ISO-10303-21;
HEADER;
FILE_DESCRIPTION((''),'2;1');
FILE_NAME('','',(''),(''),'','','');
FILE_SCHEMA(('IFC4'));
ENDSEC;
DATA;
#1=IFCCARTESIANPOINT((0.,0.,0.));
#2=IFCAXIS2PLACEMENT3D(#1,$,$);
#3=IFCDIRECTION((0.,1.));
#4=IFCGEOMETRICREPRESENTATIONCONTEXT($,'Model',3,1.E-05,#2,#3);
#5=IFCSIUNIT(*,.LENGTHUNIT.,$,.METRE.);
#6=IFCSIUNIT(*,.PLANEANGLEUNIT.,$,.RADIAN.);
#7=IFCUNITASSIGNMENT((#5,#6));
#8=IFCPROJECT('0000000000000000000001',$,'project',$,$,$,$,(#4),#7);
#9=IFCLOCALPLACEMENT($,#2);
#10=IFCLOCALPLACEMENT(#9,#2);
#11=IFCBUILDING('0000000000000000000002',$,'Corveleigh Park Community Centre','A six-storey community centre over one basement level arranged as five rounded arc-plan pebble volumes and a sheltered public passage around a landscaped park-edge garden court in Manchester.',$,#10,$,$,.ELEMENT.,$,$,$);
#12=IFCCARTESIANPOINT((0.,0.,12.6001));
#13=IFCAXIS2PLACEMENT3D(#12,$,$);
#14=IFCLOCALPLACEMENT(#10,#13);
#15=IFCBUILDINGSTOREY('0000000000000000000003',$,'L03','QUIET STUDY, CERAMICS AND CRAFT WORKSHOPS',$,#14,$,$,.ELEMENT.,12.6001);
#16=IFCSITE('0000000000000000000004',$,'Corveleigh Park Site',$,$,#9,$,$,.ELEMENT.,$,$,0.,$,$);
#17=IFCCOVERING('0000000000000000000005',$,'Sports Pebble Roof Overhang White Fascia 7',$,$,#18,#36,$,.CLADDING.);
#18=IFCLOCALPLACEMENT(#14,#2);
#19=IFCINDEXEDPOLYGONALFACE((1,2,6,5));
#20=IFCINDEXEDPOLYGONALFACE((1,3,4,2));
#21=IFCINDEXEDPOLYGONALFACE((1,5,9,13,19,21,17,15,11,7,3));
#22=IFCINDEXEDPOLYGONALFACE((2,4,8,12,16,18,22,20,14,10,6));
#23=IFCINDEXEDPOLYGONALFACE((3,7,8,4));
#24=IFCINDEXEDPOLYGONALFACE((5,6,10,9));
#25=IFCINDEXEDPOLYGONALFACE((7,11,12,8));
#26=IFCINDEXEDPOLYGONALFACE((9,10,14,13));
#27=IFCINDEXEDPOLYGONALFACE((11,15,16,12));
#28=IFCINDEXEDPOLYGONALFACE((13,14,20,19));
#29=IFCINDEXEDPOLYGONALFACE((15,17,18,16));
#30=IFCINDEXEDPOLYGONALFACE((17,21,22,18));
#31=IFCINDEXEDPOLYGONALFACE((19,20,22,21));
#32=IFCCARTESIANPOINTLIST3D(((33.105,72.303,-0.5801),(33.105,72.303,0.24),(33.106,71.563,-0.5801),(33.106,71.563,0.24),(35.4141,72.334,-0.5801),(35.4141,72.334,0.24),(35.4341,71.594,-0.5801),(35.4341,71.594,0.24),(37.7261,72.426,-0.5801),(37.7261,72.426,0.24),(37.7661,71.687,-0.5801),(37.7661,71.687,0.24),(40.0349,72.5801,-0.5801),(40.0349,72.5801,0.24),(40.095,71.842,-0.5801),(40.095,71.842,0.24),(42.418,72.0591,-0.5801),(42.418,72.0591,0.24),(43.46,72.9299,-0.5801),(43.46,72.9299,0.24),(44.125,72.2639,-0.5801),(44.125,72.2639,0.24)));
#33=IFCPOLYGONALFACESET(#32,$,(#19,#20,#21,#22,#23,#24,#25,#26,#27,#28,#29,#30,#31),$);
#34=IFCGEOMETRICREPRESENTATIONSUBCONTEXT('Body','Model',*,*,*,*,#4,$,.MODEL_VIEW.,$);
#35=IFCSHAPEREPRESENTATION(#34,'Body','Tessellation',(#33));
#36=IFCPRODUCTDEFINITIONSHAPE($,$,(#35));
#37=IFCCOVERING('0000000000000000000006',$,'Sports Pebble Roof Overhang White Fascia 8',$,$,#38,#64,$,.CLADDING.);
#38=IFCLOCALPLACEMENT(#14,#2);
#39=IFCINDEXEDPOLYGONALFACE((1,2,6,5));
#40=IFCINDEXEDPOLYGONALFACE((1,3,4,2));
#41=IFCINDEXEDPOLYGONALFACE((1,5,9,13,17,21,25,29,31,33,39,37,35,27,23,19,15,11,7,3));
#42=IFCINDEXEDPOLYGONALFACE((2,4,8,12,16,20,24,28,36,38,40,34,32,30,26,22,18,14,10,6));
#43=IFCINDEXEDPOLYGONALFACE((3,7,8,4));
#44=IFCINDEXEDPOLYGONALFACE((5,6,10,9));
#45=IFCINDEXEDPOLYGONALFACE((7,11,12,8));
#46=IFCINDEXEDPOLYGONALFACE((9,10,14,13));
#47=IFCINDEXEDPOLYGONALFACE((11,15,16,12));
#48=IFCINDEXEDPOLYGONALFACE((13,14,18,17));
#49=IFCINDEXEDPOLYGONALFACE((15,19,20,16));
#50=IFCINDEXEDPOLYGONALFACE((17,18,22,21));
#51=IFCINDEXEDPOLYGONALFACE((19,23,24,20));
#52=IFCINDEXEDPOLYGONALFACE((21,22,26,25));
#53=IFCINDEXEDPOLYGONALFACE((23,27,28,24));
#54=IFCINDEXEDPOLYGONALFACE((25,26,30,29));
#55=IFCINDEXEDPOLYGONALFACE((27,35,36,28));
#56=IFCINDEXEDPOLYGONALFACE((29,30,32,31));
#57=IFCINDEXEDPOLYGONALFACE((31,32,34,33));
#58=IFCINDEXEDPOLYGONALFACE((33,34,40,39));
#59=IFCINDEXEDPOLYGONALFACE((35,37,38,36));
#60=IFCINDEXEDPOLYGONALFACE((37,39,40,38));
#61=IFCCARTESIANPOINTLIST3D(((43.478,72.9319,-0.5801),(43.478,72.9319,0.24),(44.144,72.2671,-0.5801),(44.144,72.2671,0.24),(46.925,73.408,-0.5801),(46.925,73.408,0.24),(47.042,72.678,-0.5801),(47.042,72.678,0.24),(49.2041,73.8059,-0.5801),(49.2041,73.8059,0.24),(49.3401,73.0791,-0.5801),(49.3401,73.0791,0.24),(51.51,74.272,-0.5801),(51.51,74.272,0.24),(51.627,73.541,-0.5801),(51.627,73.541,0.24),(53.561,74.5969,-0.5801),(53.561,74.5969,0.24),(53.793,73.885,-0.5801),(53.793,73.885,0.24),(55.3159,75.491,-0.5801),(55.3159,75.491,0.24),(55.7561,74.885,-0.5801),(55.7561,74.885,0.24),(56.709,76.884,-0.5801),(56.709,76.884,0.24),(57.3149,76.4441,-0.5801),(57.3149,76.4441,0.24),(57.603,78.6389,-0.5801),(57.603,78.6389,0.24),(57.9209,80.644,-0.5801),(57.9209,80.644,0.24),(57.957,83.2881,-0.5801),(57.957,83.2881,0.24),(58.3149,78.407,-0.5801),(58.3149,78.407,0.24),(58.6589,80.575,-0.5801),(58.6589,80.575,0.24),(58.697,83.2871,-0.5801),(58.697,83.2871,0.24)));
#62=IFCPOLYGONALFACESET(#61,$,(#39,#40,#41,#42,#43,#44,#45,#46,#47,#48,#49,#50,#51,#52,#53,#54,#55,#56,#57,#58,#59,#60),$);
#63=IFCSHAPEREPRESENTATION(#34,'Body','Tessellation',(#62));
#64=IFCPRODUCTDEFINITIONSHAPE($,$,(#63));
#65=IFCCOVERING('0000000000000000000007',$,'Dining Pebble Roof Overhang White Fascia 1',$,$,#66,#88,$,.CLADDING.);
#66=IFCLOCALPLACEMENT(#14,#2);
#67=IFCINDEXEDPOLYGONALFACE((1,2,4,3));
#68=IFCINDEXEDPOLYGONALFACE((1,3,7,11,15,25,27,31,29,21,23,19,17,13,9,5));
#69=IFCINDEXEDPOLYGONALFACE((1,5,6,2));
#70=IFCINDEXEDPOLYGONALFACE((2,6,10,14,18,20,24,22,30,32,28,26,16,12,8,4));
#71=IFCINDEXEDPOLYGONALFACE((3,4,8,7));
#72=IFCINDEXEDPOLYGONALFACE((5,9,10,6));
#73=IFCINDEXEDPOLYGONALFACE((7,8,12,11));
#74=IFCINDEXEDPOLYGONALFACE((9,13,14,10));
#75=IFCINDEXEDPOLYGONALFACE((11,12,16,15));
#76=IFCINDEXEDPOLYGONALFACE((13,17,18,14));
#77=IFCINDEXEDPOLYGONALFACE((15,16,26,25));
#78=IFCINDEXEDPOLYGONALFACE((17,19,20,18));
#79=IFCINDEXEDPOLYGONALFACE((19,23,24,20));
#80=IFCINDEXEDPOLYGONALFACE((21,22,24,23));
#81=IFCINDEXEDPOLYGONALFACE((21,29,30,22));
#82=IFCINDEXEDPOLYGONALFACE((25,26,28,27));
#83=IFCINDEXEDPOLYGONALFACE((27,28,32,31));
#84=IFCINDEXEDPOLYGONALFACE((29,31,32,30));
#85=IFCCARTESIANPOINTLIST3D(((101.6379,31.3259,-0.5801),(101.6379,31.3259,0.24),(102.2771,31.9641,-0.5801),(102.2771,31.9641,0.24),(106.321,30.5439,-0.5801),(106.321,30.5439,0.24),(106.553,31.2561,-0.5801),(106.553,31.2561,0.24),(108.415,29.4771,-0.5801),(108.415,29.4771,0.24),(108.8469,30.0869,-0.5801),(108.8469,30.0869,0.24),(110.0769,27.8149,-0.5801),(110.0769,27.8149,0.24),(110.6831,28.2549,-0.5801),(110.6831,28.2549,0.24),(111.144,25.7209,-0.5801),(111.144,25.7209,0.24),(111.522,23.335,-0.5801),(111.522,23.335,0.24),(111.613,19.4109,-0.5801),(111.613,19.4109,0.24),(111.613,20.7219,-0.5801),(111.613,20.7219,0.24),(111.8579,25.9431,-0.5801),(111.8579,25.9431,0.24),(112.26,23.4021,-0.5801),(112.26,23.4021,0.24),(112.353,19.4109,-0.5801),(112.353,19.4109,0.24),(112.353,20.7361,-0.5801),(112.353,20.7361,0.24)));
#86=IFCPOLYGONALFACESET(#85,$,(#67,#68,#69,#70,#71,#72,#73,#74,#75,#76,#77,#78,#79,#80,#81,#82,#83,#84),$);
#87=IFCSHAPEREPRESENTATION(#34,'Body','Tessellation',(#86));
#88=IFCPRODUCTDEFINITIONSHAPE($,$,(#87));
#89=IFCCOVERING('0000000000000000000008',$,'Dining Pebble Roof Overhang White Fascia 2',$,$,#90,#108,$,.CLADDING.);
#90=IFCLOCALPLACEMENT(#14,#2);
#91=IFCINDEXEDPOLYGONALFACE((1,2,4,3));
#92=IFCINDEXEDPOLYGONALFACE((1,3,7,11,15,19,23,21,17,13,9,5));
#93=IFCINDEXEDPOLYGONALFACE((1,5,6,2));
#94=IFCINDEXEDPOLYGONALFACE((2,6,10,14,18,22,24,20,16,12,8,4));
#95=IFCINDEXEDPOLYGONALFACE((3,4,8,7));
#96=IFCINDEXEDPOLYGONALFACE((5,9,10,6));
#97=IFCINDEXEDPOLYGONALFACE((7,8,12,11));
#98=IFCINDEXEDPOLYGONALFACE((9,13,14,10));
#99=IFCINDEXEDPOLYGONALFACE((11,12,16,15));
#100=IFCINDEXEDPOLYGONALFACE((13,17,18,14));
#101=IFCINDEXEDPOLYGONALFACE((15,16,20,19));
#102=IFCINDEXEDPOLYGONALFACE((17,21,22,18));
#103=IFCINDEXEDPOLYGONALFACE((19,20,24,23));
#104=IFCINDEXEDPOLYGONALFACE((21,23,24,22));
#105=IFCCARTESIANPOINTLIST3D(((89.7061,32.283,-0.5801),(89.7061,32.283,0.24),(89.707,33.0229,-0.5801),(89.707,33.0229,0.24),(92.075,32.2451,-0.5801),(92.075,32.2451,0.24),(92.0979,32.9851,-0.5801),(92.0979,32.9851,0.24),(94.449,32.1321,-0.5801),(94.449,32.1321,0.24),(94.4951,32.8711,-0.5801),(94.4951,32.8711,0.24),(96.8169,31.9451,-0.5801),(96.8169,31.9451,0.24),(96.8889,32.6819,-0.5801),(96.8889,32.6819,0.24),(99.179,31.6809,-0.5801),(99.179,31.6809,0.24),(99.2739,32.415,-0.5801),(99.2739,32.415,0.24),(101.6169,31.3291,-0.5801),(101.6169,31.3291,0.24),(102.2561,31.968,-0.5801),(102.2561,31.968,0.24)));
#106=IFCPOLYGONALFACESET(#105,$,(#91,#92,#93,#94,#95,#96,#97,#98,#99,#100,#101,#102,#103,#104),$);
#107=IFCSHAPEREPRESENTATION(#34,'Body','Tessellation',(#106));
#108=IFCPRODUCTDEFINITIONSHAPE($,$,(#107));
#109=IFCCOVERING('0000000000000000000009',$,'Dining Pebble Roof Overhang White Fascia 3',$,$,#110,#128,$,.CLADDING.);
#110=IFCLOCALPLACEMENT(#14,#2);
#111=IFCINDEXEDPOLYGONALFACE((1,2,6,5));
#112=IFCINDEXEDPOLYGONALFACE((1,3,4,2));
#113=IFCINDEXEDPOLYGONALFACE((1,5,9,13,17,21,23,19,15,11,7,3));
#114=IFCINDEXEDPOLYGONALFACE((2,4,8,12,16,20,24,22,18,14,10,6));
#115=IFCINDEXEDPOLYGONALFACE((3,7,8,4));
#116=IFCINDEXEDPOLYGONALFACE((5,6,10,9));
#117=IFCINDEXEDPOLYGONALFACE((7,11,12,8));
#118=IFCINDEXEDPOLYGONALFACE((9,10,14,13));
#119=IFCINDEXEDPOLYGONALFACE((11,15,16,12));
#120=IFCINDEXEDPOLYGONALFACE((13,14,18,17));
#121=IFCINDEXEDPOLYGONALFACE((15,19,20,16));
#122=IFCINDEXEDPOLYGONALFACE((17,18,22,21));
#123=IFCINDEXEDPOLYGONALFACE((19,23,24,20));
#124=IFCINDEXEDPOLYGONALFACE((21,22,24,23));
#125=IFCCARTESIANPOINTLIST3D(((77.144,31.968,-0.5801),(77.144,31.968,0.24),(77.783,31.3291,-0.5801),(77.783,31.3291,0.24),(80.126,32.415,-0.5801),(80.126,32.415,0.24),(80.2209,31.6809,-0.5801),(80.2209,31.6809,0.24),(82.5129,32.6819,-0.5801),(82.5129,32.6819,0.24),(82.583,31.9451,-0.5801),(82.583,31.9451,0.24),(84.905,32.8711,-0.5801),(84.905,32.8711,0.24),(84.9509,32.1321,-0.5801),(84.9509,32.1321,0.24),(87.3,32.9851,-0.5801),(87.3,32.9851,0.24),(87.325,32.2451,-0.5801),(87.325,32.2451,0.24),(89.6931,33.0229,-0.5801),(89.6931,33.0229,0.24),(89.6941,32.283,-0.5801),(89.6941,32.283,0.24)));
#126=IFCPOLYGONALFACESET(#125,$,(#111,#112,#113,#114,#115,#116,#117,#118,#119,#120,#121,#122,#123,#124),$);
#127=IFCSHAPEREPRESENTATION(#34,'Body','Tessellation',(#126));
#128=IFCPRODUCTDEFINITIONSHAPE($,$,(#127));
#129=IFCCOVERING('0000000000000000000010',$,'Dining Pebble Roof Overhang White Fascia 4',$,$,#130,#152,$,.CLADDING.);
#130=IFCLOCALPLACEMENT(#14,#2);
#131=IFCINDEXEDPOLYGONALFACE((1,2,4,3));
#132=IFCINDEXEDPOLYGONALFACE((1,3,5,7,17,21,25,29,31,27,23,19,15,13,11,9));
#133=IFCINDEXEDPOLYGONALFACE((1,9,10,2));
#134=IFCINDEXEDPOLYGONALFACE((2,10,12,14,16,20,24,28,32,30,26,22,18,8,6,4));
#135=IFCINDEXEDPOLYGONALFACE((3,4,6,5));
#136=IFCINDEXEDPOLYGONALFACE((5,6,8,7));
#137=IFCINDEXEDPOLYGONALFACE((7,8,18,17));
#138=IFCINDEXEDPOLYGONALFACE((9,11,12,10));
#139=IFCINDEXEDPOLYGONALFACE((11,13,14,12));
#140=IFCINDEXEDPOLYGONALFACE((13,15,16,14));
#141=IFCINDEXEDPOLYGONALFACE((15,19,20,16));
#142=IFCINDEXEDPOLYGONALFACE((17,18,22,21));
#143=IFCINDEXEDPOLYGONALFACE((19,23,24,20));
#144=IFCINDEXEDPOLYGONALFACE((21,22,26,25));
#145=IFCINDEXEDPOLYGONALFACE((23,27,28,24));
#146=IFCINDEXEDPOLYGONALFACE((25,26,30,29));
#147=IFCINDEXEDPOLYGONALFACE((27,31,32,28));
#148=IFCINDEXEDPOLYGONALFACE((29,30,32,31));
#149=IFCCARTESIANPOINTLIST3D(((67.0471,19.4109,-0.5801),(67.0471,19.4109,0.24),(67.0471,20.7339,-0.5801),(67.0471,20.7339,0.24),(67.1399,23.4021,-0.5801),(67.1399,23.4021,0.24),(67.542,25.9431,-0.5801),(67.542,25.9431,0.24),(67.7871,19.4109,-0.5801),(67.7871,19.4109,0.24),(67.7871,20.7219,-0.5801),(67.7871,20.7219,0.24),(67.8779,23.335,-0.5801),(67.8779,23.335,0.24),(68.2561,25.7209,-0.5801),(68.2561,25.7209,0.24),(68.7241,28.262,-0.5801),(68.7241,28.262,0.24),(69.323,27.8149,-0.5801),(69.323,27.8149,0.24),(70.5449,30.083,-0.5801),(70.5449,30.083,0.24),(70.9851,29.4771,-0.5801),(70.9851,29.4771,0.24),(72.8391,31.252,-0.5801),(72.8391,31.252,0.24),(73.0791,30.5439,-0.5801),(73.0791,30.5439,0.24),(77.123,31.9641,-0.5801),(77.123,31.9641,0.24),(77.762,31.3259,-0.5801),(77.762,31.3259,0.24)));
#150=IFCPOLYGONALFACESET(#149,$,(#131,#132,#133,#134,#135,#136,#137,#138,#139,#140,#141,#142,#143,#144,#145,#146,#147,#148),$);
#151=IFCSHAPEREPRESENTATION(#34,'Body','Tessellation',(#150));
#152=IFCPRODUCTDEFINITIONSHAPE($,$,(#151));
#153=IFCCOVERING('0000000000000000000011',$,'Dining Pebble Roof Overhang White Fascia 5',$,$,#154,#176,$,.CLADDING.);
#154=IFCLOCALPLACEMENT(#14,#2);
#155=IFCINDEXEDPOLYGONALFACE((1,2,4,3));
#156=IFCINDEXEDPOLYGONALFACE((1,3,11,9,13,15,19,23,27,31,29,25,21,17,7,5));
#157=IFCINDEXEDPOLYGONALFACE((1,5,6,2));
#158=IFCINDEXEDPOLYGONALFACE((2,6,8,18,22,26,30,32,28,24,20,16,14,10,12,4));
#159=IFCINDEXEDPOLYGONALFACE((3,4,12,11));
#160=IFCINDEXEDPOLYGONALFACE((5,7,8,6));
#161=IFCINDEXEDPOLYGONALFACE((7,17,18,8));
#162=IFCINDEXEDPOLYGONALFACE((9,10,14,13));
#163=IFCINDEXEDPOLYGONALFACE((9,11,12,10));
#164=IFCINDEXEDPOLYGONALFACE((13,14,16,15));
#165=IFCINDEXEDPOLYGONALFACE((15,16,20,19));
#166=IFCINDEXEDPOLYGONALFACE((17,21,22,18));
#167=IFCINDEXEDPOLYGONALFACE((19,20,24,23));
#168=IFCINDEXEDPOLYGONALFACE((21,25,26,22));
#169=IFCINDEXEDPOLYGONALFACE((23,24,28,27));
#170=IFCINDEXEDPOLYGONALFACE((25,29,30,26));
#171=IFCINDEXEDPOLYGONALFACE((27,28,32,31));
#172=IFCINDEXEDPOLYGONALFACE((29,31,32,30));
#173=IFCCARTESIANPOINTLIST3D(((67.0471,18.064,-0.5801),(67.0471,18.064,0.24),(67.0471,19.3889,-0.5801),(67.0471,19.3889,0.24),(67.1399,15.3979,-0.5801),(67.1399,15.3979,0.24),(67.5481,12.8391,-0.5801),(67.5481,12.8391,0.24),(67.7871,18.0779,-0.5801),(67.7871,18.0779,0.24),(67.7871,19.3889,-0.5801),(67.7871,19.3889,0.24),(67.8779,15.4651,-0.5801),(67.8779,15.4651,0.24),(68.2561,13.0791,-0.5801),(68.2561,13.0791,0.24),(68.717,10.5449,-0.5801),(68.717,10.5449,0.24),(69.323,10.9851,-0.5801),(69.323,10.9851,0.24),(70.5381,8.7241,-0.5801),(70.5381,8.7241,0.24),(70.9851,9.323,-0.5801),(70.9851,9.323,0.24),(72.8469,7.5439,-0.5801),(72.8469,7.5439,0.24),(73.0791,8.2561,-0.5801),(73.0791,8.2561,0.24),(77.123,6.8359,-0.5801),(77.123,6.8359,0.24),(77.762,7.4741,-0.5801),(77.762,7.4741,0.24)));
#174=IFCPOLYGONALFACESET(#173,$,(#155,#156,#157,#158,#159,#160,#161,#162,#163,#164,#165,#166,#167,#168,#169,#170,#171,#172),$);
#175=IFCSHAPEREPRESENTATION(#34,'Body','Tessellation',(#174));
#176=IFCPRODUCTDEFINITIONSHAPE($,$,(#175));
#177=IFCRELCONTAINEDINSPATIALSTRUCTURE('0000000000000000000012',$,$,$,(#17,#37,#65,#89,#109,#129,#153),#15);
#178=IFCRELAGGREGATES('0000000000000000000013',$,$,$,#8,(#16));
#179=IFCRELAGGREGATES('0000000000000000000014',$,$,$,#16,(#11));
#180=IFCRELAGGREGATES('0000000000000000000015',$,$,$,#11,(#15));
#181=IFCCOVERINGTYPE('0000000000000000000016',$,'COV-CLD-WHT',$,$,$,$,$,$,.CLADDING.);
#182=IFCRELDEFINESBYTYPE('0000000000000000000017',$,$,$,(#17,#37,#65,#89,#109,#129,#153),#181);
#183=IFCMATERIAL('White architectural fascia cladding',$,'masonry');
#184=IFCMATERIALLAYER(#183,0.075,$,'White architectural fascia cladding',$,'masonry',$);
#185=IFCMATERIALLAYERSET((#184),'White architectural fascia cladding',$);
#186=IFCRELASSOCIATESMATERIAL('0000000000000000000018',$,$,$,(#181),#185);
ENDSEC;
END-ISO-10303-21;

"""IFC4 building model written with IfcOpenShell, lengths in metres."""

from ifc_helpers import new_model, si_unit, direction, frame, origin, place, context, subcontext, project, spatial, polyline, outline, extrude, material, layer, layer_set, type_object, element, save


model = new_model("IFC4")

# Units and contexts
model_context = context("Model", 3, precision=1e-05, world=origin(), true_north=direction((0.0, 1.0)))
body_context = subcontext(model_context, "Body", "Model", "MODEL_VIEW")
ifc_project = project(units=[si_unit("LENGTHUNIT", "METRE"), si_unit("PLANEANGLEUNIT", "RADIAN")], contexts=[model_context])

# Site, building, storey
site_placement = place(None, origin())
site = spatial("IfcSite", under=ifc_project, at=site_placement, Name="Corveleigh Park Site", CompositionType="ELEMENT", RefElevation=0.0)
building_placement = place(site_placement, origin())
building = spatial("IfcBuilding", under=site, at=building_placement, Name="Corveleigh Park Community Centre", Description="A six-storey community centre over one basement level arranged as five rounded arc-plan pebble volumes and a sheltered public passage around a landscaped park-edge garden court in Manchester.", CompositionType="ELEMENT")
storey_placement = place(building_placement, frame((0.0, 0.0, 12.6001)))
storey = spatial("IfcBuildingStorey", under=building, at=storey_placement, Name="L03", Description="QUIET STUDY, CERAMICS AND CRAFT WORKSHOPS", CompositionType="ELEMENT", Elevation=12.6001)

# Coverings
ifc_material_1 = material(Name="White architectural fascia cladding", Category="masonry")
ifc_layer_1 = layer(ifc_material_1, 0.075, Name="White architectural fascia cladding", Category="masonry")
ifc_layer_set_1 = layer_set([ifc_layer_1], Name="White architectural fascia cladding")
covering_type_1 = type_object("IfcCoveringType", Name="COV-CLD-WHT", PredefinedType="CLADDING", material=ifc_layer_set_1)
covering_1_placement = place(storey_placement, frame((0.0, 0.0, -0.5801)))
element("IfcCovering", 1, at=covering_1_placement, inside=storey, type_object=covering_type_1, Name="Sports Pebble Roof Overhang White Fascia 7", PredefinedType="CLADDING", context=body_context, shape_type="SweptSolid", body=[
    extrude(outline(polyline([(42.418, 72.0591), (40.095, 71.842), (37.7661, 71.687), (35.4341, 71.594), (33.106, 71.563), (33.105, 72.303), (35.4141, 72.334), (37.7261, 72.426), (40.0349, 72.5801), (43.46, 72.9299), (44.125, 72.2639), (42.418, 72.0591)])), origin(), (0.0, 0.0, 1.0), 0.8201),
])
covering_2_placement = place(storey_placement, frame((0.0, 0.0, -0.5801)))
element("IfcCovering", 2, at=covering_2_placement, inside=storey, type_object=covering_type_1, Name="Sports Pebble Roof Overhang White Fascia 8", PredefinedType="CLADDING", context=body_context, shape_type="SweptSolid", body=[
    extrude(outline(polyline([(58.697, 83.2871), (58.6589, 80.575), (58.3149, 78.407), (57.3149, 76.4441), (55.7561, 74.885), (53.793, 73.885), (51.627, 73.541), (49.3401, 73.0791), (47.042, 72.678), (44.144, 72.2671), (43.478, 72.9319), (46.925, 73.408), (49.2041, 73.8059), (51.51, 74.272), (53.561, 74.5969), (55.3159, 75.491), (56.709, 76.884), (57.603, 78.6389), (57.9209, 80.644), (57.957, 83.2881), (58.697, 83.2871)])), origin(), (0.0, 0.0, 1.0), 0.8201),
])
covering_3_placement = place(storey_placement, frame((0.0, 0.0, -0.5801)))
element("IfcCovering", 3, at=covering_3_placement, inside=storey, type_object=covering_type_1, Name="Dining Pebble Roof Overhang White Fascia 1", PredefinedType="CLADDING", context=body_context, shape_type="SweptSolid", body=[
    extrude(outline(polyline([(102.2771, 31.9641), (106.553, 31.2561), (108.8469, 30.0869), (110.6831, 28.2549), (111.8579, 25.9431), (112.26, 23.4021), (112.353, 20.7361), (112.353, 19.4109), (111.613, 19.4109), (111.613, 20.7219), (111.522, 23.335), (111.144, 25.7209), (110.0769, 27.8149), (108.415, 29.4771), (106.321, 30.5439), (101.6379, 31.3259), (102.2771, 31.9641)])), origin(), (0.0, 0.0, 1.0), 0.8201),
])
covering_4_placement = place(storey_placement, frame((0.0, 0.0, -0.5801)))
element("IfcCovering", 4, at=covering_4_placement, inside=storey, type_object=covering_type_1, Name="Dining Pebble Roof Overhang White Fascia 2", PredefinedType="CLADDING", context=body_context, shape_type="SweptSolid", body=[
    extrude(outline(polyline([(92.0979, 32.9851), (94.4951, 32.8711), (96.8889, 32.6819), (99.2739, 32.415), (102.2561, 31.968), (101.6169, 31.3291), (99.179, 31.6809), (96.8169, 31.9451), (94.449, 32.1321), (92.075, 32.2451), (89.7061, 32.283), (89.707, 33.0229), (92.0979, 32.9851)])), origin(), (0.0, 0.0, 1.0), 0.8201),
])
covering_5_placement = place(storey_placement, frame((0.0, 0.0, -0.5801)))
element("IfcCovering", 5, at=covering_5_placement, inside=storey, type_object=covering_type_1, Name="Dining Pebble Roof Overhang White Fascia 3", PredefinedType="CLADDING", context=body_context, shape_type="SweptSolid", body=[
    extrude(outline(polyline([(77.144, 31.968), (80.126, 32.415), (82.5129, 32.6819), (84.905, 32.8711), (87.3, 32.9851), (89.6931, 33.0229), (89.6941, 32.283), (87.325, 32.2451), (84.9509, 32.1321), (82.583, 31.9451), (80.2209, 31.6809), (77.783, 31.3291), (77.144, 31.968)])), origin(), (0.0, 0.0, 1.0), 0.8201),
])
covering_6_placement = place(storey_placement, frame((0.0, 0.0, -0.5801)))
element("IfcCovering", 6, at=covering_6_placement, inside=storey, type_object=covering_type_1, Name="Dining Pebble Roof Overhang White Fascia 4", PredefinedType="CLADDING", context=body_context, shape_type="SweptSolid", body=[
    extrude(outline(polyline([(67.0471, 20.7339), (67.1399, 23.4021), (67.542, 25.9431), (68.7241, 28.262), (70.5449, 30.083), (72.8391, 31.252), (77.123, 31.9641), (77.762, 31.3259), (73.0791, 30.5439), (70.9851, 29.4771), (69.323, 27.8149), (68.2561, 25.7209), (67.8779, 23.335), (67.7871, 20.7219), (67.7871, 19.4109), (67.0471, 19.4109), (67.0471, 20.7339)])), origin(), (0.0, 0.0, 1.0), 0.8201),
])
covering_7_placement = place(storey_placement, frame((0.0, 0.0, -0.5801)))
element("IfcCovering", 7, at=covering_7_placement, inside=storey, type_object=covering_type_1, Name="Dining Pebble Roof Overhang White Fascia 5", PredefinedType="CLADDING", context=body_context, shape_type="SweptSolid", body=[
    extrude(outline(polyline([(72.8469, 7.5439), (70.5381, 8.7241), (68.717, 10.5449), (67.5481, 12.8391), (67.1399, 15.3979), (67.0471, 18.064), (67.0471, 19.3889), (67.7871, 19.3889), (67.7871, 18.0779), (67.8779, 15.4651), (68.2561, 13.0791), (69.323, 10.9851), (70.9851, 9.323), (73.0791, 8.2561), (77.762, 7.4741), (77.123, 6.8359), (72.8469, 7.5439)])), origin(), (0.0, 0.0, 1.0), 0.8201),
])

save(model, "model.ifc")
